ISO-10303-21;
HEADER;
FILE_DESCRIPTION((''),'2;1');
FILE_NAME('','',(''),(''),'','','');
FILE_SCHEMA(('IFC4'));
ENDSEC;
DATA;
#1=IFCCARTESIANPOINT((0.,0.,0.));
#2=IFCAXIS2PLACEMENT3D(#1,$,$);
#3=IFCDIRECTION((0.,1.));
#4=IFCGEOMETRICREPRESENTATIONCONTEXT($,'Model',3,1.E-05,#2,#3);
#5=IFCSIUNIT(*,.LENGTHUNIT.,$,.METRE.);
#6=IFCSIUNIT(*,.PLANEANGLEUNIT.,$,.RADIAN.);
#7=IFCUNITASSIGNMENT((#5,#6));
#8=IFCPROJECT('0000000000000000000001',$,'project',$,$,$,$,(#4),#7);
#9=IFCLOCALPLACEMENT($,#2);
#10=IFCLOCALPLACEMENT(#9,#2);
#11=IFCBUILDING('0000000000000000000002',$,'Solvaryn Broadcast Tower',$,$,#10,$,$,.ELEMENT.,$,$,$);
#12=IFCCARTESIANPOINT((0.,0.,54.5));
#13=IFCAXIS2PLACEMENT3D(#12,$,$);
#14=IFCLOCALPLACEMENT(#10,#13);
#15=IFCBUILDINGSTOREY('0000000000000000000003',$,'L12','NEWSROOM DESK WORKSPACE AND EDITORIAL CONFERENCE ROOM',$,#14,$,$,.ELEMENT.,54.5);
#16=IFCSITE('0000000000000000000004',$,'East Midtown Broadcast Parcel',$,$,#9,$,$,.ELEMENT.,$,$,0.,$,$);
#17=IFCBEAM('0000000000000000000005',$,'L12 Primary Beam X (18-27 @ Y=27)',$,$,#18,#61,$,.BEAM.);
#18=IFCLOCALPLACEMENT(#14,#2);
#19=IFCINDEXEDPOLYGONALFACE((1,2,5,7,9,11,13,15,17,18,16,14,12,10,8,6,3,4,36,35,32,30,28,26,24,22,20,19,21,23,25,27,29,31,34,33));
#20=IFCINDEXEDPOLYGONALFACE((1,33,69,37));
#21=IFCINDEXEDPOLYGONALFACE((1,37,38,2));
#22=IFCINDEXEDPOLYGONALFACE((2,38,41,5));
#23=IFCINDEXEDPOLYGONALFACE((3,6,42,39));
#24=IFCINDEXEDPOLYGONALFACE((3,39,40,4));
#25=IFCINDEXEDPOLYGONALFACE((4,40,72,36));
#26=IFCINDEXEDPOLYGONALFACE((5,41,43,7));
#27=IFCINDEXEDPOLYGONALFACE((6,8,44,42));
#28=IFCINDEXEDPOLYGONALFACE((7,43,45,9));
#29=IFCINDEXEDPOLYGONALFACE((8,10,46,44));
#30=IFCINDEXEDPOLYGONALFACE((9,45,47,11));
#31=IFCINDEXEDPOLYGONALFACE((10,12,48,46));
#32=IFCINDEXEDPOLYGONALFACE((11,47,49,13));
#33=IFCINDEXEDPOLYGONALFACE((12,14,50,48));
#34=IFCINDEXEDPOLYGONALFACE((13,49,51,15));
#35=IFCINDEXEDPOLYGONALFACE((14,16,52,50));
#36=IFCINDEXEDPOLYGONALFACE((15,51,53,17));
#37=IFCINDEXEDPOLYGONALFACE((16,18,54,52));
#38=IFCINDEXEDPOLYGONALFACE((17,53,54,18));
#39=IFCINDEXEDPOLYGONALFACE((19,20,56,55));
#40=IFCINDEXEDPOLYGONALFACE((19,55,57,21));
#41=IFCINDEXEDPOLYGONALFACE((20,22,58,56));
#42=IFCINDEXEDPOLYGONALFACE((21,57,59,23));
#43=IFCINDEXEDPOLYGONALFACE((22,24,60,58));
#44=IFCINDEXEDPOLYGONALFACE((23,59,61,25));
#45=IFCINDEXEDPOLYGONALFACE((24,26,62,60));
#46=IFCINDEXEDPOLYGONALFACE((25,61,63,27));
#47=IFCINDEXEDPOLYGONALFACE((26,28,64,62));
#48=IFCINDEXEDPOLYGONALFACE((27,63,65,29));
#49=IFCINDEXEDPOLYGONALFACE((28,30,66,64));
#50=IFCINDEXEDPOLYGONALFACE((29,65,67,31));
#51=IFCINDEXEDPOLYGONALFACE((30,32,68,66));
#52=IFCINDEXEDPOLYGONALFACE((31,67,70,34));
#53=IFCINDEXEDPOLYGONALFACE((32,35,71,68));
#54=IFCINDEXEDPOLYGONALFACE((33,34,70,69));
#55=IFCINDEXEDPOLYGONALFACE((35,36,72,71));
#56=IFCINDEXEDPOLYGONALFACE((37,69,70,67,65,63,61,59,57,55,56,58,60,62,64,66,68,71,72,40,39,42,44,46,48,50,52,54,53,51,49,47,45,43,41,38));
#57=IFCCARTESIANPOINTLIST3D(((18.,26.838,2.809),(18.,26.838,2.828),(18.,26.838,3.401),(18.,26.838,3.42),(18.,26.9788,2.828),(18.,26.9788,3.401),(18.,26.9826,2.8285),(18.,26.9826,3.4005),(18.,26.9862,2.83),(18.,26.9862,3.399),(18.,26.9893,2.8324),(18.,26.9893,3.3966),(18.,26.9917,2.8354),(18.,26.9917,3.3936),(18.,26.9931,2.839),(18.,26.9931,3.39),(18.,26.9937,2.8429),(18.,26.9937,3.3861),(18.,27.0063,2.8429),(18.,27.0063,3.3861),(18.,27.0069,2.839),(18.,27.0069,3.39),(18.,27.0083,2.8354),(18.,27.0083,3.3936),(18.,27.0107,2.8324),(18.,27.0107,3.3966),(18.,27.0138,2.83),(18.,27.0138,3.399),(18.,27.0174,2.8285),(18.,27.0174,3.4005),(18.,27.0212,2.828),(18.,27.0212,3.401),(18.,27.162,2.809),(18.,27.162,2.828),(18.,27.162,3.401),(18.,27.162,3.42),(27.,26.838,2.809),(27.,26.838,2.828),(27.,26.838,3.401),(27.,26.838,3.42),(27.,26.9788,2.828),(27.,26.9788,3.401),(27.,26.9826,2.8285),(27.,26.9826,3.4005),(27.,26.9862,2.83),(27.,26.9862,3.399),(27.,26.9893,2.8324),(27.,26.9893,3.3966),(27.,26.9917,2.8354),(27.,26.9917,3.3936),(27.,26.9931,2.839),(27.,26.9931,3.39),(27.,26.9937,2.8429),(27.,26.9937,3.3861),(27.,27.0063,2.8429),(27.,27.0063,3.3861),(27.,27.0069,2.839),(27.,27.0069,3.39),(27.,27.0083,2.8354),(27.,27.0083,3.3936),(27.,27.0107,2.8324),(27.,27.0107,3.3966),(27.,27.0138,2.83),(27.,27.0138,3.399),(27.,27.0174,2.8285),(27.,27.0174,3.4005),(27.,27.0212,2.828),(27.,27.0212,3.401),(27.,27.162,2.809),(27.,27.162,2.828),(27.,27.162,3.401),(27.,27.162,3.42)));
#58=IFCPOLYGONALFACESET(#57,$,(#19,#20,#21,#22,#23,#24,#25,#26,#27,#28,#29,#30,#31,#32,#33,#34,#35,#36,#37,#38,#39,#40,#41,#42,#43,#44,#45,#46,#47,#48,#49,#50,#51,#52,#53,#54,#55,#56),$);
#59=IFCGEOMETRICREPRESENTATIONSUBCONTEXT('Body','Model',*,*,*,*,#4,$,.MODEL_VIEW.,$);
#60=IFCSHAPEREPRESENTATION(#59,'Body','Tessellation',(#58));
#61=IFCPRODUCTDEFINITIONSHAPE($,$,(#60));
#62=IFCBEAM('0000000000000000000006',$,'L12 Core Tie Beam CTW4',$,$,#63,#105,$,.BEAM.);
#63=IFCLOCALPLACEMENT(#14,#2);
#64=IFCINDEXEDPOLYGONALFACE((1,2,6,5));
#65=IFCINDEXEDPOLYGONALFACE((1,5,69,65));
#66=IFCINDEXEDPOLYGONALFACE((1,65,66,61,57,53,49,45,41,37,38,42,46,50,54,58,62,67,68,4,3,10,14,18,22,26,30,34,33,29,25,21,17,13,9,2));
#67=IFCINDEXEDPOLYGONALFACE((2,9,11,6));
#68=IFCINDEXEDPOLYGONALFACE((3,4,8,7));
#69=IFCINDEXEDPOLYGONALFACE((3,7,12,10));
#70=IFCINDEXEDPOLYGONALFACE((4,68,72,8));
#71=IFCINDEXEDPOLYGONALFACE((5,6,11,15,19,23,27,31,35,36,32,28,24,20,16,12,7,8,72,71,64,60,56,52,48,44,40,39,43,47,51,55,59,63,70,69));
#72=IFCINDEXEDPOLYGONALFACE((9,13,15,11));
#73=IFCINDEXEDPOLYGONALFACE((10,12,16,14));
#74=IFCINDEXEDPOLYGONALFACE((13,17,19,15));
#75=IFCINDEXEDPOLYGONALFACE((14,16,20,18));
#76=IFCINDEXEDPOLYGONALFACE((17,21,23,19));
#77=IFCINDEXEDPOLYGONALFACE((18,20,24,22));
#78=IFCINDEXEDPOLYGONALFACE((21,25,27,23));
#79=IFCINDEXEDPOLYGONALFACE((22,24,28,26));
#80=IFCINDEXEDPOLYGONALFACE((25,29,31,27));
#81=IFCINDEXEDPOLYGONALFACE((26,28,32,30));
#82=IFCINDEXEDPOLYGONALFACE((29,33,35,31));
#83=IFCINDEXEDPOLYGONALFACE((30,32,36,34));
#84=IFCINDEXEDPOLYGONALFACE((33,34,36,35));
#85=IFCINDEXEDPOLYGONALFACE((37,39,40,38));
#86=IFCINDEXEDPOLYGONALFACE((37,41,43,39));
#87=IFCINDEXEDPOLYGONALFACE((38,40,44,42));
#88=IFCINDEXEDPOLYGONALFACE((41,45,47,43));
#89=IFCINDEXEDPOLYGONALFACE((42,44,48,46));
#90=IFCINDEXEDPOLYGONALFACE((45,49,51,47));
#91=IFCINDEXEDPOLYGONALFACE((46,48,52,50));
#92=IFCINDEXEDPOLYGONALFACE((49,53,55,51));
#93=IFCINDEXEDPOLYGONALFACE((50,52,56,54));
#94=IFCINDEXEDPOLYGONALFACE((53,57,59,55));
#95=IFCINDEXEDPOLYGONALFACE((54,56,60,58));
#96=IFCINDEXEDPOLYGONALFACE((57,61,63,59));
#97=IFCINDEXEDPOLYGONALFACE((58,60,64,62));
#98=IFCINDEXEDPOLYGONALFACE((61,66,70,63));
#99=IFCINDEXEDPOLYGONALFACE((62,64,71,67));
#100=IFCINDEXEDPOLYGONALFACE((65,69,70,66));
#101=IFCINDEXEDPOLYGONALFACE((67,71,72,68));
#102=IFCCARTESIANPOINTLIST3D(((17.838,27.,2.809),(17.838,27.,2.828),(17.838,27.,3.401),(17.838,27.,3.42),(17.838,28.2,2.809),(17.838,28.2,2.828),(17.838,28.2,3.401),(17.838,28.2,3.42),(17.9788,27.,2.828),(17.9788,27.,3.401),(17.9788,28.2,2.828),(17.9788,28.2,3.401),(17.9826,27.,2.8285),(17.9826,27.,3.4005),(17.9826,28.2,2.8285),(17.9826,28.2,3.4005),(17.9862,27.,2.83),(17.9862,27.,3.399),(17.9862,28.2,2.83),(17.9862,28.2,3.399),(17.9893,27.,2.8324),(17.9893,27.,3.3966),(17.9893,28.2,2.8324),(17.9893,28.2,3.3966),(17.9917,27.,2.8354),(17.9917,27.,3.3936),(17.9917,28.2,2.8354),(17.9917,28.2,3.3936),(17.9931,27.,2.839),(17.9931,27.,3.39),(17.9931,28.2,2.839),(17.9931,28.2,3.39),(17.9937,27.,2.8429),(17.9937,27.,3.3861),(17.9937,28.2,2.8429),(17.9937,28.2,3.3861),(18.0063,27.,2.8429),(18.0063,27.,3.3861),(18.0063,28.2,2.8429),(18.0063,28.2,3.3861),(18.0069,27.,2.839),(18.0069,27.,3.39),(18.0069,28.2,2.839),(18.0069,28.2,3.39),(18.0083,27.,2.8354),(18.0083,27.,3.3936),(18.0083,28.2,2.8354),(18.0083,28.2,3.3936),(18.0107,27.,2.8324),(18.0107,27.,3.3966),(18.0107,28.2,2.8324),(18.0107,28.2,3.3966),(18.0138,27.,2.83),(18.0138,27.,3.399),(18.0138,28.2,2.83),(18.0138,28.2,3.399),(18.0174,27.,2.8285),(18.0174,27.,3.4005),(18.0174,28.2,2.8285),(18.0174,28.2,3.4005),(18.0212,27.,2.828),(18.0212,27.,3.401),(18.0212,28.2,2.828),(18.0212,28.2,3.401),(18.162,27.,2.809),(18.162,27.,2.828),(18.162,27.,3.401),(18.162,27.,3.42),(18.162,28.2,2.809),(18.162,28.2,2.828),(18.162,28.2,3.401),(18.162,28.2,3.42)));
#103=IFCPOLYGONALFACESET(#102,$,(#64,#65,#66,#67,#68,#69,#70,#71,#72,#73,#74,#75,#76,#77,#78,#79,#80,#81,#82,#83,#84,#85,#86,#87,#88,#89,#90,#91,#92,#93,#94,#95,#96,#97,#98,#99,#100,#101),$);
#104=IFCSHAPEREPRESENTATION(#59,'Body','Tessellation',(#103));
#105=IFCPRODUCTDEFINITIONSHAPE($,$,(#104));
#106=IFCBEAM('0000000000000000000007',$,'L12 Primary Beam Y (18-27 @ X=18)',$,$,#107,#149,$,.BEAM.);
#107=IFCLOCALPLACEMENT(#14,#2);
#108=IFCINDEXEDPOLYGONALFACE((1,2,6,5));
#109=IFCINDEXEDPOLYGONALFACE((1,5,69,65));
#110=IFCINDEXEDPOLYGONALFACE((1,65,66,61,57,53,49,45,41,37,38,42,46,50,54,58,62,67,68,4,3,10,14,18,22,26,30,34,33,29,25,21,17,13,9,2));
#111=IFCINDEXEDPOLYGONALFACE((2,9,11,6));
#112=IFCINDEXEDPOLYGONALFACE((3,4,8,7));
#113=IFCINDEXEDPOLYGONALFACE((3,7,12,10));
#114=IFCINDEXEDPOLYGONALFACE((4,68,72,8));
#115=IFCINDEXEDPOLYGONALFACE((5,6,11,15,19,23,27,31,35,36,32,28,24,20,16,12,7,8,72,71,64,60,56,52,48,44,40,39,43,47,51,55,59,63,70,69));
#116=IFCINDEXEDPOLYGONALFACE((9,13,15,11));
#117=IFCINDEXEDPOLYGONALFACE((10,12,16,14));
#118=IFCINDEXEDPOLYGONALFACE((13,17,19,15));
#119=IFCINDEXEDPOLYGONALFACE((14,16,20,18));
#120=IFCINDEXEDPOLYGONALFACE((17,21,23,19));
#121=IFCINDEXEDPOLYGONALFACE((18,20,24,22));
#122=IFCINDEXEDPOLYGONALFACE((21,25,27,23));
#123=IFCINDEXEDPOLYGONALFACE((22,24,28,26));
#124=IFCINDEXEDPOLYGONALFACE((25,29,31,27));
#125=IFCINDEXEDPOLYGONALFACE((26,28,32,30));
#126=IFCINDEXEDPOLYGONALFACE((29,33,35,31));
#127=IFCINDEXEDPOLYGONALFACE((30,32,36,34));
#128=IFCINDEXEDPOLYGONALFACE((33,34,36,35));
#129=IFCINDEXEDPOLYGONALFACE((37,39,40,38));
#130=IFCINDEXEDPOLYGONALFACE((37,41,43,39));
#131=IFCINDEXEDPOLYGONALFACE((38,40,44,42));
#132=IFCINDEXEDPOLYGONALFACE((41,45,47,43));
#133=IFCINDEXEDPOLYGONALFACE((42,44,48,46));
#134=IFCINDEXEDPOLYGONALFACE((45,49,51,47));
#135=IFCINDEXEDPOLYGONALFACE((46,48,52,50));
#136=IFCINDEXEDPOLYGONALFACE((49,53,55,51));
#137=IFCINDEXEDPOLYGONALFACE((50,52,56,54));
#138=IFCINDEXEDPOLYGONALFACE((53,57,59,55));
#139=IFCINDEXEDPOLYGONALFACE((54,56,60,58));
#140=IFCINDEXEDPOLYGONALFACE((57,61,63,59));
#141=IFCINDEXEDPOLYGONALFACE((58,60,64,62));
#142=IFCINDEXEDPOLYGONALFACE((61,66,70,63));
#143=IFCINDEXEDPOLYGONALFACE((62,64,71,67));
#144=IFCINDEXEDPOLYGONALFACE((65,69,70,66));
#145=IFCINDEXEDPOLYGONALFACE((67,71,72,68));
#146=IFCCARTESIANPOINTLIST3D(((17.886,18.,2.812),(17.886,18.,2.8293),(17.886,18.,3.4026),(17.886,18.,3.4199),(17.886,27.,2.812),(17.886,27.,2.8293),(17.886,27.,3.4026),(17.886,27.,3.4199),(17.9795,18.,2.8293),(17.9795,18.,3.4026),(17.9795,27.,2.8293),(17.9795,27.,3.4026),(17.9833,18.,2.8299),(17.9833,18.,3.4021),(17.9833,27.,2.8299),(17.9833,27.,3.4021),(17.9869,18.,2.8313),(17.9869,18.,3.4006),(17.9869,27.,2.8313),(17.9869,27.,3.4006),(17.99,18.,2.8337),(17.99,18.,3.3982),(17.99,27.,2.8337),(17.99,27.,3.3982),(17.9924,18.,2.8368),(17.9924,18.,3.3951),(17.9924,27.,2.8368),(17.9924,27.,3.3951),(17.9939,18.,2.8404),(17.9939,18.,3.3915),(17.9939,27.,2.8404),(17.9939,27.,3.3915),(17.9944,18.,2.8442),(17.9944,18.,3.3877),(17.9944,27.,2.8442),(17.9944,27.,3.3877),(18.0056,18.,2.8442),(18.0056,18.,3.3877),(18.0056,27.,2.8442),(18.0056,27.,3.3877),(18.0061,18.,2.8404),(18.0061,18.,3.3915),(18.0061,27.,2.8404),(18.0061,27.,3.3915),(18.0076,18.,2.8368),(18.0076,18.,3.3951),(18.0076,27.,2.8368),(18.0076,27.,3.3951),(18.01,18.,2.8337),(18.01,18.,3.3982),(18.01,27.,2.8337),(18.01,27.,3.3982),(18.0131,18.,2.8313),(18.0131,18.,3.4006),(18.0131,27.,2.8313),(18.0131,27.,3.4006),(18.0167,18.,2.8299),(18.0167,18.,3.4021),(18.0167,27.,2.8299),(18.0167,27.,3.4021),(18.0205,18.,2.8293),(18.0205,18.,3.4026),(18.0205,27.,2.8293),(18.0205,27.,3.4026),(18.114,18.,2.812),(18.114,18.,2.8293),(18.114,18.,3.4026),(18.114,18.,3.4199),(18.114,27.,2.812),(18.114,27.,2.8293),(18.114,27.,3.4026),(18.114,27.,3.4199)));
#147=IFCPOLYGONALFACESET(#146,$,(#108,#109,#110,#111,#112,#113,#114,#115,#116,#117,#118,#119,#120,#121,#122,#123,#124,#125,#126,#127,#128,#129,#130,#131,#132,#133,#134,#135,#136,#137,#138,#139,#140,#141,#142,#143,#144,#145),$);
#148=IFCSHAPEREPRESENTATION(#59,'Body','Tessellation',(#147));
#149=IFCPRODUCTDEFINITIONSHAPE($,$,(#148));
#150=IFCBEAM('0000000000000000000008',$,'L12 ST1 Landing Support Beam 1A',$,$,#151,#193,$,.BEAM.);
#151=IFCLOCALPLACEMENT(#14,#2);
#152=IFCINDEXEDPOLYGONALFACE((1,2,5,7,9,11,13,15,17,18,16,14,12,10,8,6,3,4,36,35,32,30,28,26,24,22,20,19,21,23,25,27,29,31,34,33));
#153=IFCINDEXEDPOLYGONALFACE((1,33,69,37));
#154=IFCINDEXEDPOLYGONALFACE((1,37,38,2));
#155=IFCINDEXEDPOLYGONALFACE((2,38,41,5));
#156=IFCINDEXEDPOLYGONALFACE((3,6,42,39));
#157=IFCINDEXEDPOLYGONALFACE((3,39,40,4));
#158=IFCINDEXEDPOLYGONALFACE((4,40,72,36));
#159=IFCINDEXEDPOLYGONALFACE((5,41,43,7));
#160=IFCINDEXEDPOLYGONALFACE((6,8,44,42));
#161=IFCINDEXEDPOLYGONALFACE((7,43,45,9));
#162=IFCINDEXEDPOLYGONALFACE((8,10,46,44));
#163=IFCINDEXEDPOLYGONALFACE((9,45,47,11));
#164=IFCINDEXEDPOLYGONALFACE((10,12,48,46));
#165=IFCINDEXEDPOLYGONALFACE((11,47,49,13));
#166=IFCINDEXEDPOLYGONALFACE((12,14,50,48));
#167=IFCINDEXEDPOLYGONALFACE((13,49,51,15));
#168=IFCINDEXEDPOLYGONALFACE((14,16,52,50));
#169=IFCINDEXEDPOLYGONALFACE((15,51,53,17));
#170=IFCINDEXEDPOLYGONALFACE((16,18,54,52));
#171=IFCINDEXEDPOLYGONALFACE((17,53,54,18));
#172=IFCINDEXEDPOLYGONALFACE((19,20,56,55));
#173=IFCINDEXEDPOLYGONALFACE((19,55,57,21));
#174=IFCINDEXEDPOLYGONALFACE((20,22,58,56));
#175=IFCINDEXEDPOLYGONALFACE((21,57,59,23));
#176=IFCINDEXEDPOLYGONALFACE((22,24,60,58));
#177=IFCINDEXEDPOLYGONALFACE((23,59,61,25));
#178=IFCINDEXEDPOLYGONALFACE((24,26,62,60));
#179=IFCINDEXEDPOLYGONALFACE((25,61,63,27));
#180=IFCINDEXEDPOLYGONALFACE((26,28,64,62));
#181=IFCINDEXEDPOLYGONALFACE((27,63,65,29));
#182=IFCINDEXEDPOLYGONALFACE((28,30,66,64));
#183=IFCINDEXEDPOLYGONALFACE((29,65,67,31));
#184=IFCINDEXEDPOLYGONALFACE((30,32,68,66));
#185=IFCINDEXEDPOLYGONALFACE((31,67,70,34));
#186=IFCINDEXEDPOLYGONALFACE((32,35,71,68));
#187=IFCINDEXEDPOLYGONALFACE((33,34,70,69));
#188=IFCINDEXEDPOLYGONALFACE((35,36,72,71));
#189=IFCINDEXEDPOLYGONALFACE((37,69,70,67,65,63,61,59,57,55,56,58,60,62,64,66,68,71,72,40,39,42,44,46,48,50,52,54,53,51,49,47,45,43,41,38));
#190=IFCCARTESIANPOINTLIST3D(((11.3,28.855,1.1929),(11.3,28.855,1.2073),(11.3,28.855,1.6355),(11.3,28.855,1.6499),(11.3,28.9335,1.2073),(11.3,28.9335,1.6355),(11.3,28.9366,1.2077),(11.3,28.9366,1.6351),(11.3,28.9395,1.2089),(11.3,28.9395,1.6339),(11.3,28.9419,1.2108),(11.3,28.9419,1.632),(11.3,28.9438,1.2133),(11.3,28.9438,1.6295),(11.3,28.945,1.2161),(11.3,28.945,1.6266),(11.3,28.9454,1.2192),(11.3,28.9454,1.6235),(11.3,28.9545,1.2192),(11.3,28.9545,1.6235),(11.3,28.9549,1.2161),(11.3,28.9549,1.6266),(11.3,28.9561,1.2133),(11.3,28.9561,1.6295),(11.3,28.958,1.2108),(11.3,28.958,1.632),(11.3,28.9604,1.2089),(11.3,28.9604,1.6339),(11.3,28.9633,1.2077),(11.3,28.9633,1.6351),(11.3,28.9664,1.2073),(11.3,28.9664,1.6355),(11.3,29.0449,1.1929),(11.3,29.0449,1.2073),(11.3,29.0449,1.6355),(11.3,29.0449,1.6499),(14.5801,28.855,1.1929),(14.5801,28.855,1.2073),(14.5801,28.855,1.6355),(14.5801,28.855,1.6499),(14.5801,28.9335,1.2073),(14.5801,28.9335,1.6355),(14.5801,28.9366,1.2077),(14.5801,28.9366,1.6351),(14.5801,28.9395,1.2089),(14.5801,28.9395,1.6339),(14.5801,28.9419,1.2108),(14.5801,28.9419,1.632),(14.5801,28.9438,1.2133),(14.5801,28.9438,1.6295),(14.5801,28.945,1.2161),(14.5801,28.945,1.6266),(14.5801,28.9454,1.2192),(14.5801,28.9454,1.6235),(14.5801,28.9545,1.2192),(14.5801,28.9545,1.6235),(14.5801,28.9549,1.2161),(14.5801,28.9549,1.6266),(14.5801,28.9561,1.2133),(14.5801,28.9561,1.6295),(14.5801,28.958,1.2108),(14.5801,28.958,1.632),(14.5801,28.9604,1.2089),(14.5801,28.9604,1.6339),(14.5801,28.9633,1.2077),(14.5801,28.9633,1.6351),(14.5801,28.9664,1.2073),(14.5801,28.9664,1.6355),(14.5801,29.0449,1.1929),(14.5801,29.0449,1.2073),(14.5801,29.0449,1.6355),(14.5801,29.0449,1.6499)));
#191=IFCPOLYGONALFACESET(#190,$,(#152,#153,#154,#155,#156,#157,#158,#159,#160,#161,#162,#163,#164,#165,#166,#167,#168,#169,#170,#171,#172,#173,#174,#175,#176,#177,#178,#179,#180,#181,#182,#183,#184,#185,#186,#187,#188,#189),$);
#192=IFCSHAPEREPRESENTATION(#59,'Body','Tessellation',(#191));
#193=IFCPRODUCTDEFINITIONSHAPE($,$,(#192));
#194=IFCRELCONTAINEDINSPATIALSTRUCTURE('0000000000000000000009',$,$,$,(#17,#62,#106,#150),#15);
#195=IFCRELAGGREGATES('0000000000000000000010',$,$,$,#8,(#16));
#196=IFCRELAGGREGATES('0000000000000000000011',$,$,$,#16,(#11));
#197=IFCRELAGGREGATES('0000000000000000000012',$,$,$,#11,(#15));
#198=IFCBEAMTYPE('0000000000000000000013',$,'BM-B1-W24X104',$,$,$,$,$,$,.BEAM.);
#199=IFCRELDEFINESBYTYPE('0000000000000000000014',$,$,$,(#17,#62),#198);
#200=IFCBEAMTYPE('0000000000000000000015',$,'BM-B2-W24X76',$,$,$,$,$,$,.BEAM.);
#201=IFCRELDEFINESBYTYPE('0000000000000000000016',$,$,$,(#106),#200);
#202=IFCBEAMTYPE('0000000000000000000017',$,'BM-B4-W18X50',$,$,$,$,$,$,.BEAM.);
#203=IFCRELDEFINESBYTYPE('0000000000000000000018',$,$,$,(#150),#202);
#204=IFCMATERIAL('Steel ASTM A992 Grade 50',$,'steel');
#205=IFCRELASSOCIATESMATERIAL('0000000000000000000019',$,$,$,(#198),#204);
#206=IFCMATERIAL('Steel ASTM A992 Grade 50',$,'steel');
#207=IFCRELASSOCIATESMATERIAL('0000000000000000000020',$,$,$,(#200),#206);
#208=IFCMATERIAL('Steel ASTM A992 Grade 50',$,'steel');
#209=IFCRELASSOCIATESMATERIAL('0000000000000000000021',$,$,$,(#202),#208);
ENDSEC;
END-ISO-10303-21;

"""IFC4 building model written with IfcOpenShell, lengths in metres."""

from ifc_helpers import new_model, si_unit, direction, frame, origin, origin_2d, place, context, subcontext, project, spatial, i_section, extrude, material, material_profile, profile_set, type_object, element, save


model = new_model("IFC4")

# Units and contexts
model_context = context("Model", 3, precision=1e-05, world=origin(), true_north=direction((0.0, 1.0)))
body_context = subcontext(model_context, "Body", "Model", "MODEL_VIEW")
ifc_project = project(units=[si_unit("LENGTHUNIT", "METRE"), si_unit("PLANEANGLEUNIT", "RADIAN")], contexts=[model_context])

# Site, building, storey
site_placement = place(None, origin())
site = spatial("IfcSite", under=ifc_project, at=site_placement, Name="East Midtown Broadcast Parcel", CompositionType="ELEMENT", RefElevation=0.0)
building_placement = place(site_placement, origin())
building = spatial("IfcBuilding", under=site, at=building_placement, Name="Solvaryn Broadcast Tower", CompositionType="ELEMENT")
storey_placement = place(building_placement, frame((0.0, 0.0, 54.5)))
storey = spatial("IfcBuildingStorey", under=building, at=storey_placement, Name="L12", Description="NEWSROOM DESK WORKSPACE AND EDITORIAL CONFERENCE ROOM", CompositionType="ELEMENT", Elevation=54.5)

# Beams
ifc_material_1 = material(Name="Steel ASTM A992 Grade 50", Category="steel")
ifc_material_profile_1 = material_profile(ifc_material_1, i_section(OverallWidth=0.324, OverallDepth=0.6111, WebThickness=0.0127, FlangeThickness=0.019, FilletRadius=0.0149, at=origin_2d()))
ifc_profile_set_1 = profile_set([ifc_material_profile_1], Name="Steel ASTM A992 Grade 50")
beam_type_1 = type_object("IfcBeamType", Name="BM-B1-W24X104", PredefinedType="BEAM", material=ifc_profile_set_1)
for number, where, z_axis, x_axis, name in (
    (1, (18.0, 27.0, 3.1145), (1.0, 0.0, 0.0), (0.0, 1.0, 0.0), "L12 Primary Beam X (18-27 @ Y=27)"),
):
    element("IfcBeam", number, at=place(storey_placement, frame(where, z_axis=z_axis, x_axis=x_axis)), inside=storey, type_object=beam_type_1, Name=name, PredefinedType="BEAM", context=body_context, shape_type="SweptSolid", body=[
        extrude(i_section(OverallWidth=0.324, OverallDepth=0.6111, WebThickness=0.0127, FlangeThickness=0.019, FilletRadius=0.0149, at=origin_2d()), origin(), (0.0, 0.0, 1.0), 9.0),
    ])
beam_1_placement = place(storey_placement, frame((18.0, 27.0, 3.1145), z_axis=(0.0, 1.0, 0.0), x_axis=(-1.0, 0.0, 0.0)))
element("IfcBeam", 2, at=beam_1_placement, inside=storey, type_object=beam_type_1, Name="L12 Core Tie Beam CTW4", PredefinedType="BEAM", context=body_context, shape_type="SweptSolid", body=[
    extrude(i_section(OverallWidth=0.324, OverallDepth=0.6111, WebThickness=0.0127, FlangeThickness=0.019, FilletRadius=0.0149, at=origin_2d()), origin(), (0.0, 0.0, 1.0), 1.2),
])
ifc_material_2 = material(Name="Steel ASTM A992 Grade 50", Category="steel")
ifc_material_profile_2 = material_profile(ifc_material_2, i_section(OverallWidth=0.228, OverallDepth=0.6079, WebThickness=0.0112, FlangeThickness=0.0173, FilletRadius=0.0149, at=origin_2d()))
ifc_profile_set_2 = profile_set([ifc_material_profile_2], Name="Steel ASTM A992 Grade 50")
beam_type_2 = type_object("IfcBeamType", Name="BM-B2-W24X76", PredefinedType="BEAM", material=ifc_profile_set_2)
beam_2_placement = place(storey_placement, frame((18.0, 18.0, 3.116), z_axis=(0.0, 1.0, 0.0), x_axis=(-1.0, 0.0, 0.0)))
element("IfcBeam", 3, at=beam_2_placement, inside=storey, type_object=beam_type_2, Name="L12 Primary Beam Y (18-27 @ X=18)", PredefinedType="BEAM", context=body_context, shape_type="SweptSolid", body=[
    extrude(i_section(OverallWidth=0.228, OverallDepth=0.6079, WebThickness=0.0112, FlangeThickness=0.0173, FilletRadius=0.0149, at=origin_2d()), origin(), (0.0, 0.0, 1.0), 9.0),
])
ifc_material_3 = material(Name="Steel ASTM A992 Grade 50", Category="steel")
ifc_material_profile_3 = material_profile(ifc_material_3, i_section(OverallWidth=0.1899, OverallDepth=0.457, WebThickness=0.009, FlangeThickness=0.0144, FilletRadius=0.012, at=origin_2d()))
ifc_profile_set_3 = profile_set([ifc_material_profile_3], Name="Steel ASTM A992 Grade 50")
beam_type_3 = type_object("IfcBeamType", Name="BM-B4-W18X50", PredefinedType="BEAM", material=ifc_profile_set_3)
beam_3_placement = place(storey_placement, frame((11.3, 28.95, 1.4214), z_axis=(1.0, 0.0, 0.0), x_axis=(0.0, 1.0, 0.0)))
element("IfcBeam", 4, at=beam_3_placement, inside=storey, type_object=beam_type_3, Name="L12 ST1 Landing Support Beam 1A", PredefinedType="BEAM", context=body_context, shape_type="SweptSolid", body=[
    extrude(i_section(OverallWidth=0.1899, OverallDepth=0.457, WebThickness=0.009, FlangeThickness=0.0144, FilletRadius=0.012, at=origin_2d()), origin(), (0.0, 0.0, 1.0), 3.28),
])

save(model, "model.ifc")
